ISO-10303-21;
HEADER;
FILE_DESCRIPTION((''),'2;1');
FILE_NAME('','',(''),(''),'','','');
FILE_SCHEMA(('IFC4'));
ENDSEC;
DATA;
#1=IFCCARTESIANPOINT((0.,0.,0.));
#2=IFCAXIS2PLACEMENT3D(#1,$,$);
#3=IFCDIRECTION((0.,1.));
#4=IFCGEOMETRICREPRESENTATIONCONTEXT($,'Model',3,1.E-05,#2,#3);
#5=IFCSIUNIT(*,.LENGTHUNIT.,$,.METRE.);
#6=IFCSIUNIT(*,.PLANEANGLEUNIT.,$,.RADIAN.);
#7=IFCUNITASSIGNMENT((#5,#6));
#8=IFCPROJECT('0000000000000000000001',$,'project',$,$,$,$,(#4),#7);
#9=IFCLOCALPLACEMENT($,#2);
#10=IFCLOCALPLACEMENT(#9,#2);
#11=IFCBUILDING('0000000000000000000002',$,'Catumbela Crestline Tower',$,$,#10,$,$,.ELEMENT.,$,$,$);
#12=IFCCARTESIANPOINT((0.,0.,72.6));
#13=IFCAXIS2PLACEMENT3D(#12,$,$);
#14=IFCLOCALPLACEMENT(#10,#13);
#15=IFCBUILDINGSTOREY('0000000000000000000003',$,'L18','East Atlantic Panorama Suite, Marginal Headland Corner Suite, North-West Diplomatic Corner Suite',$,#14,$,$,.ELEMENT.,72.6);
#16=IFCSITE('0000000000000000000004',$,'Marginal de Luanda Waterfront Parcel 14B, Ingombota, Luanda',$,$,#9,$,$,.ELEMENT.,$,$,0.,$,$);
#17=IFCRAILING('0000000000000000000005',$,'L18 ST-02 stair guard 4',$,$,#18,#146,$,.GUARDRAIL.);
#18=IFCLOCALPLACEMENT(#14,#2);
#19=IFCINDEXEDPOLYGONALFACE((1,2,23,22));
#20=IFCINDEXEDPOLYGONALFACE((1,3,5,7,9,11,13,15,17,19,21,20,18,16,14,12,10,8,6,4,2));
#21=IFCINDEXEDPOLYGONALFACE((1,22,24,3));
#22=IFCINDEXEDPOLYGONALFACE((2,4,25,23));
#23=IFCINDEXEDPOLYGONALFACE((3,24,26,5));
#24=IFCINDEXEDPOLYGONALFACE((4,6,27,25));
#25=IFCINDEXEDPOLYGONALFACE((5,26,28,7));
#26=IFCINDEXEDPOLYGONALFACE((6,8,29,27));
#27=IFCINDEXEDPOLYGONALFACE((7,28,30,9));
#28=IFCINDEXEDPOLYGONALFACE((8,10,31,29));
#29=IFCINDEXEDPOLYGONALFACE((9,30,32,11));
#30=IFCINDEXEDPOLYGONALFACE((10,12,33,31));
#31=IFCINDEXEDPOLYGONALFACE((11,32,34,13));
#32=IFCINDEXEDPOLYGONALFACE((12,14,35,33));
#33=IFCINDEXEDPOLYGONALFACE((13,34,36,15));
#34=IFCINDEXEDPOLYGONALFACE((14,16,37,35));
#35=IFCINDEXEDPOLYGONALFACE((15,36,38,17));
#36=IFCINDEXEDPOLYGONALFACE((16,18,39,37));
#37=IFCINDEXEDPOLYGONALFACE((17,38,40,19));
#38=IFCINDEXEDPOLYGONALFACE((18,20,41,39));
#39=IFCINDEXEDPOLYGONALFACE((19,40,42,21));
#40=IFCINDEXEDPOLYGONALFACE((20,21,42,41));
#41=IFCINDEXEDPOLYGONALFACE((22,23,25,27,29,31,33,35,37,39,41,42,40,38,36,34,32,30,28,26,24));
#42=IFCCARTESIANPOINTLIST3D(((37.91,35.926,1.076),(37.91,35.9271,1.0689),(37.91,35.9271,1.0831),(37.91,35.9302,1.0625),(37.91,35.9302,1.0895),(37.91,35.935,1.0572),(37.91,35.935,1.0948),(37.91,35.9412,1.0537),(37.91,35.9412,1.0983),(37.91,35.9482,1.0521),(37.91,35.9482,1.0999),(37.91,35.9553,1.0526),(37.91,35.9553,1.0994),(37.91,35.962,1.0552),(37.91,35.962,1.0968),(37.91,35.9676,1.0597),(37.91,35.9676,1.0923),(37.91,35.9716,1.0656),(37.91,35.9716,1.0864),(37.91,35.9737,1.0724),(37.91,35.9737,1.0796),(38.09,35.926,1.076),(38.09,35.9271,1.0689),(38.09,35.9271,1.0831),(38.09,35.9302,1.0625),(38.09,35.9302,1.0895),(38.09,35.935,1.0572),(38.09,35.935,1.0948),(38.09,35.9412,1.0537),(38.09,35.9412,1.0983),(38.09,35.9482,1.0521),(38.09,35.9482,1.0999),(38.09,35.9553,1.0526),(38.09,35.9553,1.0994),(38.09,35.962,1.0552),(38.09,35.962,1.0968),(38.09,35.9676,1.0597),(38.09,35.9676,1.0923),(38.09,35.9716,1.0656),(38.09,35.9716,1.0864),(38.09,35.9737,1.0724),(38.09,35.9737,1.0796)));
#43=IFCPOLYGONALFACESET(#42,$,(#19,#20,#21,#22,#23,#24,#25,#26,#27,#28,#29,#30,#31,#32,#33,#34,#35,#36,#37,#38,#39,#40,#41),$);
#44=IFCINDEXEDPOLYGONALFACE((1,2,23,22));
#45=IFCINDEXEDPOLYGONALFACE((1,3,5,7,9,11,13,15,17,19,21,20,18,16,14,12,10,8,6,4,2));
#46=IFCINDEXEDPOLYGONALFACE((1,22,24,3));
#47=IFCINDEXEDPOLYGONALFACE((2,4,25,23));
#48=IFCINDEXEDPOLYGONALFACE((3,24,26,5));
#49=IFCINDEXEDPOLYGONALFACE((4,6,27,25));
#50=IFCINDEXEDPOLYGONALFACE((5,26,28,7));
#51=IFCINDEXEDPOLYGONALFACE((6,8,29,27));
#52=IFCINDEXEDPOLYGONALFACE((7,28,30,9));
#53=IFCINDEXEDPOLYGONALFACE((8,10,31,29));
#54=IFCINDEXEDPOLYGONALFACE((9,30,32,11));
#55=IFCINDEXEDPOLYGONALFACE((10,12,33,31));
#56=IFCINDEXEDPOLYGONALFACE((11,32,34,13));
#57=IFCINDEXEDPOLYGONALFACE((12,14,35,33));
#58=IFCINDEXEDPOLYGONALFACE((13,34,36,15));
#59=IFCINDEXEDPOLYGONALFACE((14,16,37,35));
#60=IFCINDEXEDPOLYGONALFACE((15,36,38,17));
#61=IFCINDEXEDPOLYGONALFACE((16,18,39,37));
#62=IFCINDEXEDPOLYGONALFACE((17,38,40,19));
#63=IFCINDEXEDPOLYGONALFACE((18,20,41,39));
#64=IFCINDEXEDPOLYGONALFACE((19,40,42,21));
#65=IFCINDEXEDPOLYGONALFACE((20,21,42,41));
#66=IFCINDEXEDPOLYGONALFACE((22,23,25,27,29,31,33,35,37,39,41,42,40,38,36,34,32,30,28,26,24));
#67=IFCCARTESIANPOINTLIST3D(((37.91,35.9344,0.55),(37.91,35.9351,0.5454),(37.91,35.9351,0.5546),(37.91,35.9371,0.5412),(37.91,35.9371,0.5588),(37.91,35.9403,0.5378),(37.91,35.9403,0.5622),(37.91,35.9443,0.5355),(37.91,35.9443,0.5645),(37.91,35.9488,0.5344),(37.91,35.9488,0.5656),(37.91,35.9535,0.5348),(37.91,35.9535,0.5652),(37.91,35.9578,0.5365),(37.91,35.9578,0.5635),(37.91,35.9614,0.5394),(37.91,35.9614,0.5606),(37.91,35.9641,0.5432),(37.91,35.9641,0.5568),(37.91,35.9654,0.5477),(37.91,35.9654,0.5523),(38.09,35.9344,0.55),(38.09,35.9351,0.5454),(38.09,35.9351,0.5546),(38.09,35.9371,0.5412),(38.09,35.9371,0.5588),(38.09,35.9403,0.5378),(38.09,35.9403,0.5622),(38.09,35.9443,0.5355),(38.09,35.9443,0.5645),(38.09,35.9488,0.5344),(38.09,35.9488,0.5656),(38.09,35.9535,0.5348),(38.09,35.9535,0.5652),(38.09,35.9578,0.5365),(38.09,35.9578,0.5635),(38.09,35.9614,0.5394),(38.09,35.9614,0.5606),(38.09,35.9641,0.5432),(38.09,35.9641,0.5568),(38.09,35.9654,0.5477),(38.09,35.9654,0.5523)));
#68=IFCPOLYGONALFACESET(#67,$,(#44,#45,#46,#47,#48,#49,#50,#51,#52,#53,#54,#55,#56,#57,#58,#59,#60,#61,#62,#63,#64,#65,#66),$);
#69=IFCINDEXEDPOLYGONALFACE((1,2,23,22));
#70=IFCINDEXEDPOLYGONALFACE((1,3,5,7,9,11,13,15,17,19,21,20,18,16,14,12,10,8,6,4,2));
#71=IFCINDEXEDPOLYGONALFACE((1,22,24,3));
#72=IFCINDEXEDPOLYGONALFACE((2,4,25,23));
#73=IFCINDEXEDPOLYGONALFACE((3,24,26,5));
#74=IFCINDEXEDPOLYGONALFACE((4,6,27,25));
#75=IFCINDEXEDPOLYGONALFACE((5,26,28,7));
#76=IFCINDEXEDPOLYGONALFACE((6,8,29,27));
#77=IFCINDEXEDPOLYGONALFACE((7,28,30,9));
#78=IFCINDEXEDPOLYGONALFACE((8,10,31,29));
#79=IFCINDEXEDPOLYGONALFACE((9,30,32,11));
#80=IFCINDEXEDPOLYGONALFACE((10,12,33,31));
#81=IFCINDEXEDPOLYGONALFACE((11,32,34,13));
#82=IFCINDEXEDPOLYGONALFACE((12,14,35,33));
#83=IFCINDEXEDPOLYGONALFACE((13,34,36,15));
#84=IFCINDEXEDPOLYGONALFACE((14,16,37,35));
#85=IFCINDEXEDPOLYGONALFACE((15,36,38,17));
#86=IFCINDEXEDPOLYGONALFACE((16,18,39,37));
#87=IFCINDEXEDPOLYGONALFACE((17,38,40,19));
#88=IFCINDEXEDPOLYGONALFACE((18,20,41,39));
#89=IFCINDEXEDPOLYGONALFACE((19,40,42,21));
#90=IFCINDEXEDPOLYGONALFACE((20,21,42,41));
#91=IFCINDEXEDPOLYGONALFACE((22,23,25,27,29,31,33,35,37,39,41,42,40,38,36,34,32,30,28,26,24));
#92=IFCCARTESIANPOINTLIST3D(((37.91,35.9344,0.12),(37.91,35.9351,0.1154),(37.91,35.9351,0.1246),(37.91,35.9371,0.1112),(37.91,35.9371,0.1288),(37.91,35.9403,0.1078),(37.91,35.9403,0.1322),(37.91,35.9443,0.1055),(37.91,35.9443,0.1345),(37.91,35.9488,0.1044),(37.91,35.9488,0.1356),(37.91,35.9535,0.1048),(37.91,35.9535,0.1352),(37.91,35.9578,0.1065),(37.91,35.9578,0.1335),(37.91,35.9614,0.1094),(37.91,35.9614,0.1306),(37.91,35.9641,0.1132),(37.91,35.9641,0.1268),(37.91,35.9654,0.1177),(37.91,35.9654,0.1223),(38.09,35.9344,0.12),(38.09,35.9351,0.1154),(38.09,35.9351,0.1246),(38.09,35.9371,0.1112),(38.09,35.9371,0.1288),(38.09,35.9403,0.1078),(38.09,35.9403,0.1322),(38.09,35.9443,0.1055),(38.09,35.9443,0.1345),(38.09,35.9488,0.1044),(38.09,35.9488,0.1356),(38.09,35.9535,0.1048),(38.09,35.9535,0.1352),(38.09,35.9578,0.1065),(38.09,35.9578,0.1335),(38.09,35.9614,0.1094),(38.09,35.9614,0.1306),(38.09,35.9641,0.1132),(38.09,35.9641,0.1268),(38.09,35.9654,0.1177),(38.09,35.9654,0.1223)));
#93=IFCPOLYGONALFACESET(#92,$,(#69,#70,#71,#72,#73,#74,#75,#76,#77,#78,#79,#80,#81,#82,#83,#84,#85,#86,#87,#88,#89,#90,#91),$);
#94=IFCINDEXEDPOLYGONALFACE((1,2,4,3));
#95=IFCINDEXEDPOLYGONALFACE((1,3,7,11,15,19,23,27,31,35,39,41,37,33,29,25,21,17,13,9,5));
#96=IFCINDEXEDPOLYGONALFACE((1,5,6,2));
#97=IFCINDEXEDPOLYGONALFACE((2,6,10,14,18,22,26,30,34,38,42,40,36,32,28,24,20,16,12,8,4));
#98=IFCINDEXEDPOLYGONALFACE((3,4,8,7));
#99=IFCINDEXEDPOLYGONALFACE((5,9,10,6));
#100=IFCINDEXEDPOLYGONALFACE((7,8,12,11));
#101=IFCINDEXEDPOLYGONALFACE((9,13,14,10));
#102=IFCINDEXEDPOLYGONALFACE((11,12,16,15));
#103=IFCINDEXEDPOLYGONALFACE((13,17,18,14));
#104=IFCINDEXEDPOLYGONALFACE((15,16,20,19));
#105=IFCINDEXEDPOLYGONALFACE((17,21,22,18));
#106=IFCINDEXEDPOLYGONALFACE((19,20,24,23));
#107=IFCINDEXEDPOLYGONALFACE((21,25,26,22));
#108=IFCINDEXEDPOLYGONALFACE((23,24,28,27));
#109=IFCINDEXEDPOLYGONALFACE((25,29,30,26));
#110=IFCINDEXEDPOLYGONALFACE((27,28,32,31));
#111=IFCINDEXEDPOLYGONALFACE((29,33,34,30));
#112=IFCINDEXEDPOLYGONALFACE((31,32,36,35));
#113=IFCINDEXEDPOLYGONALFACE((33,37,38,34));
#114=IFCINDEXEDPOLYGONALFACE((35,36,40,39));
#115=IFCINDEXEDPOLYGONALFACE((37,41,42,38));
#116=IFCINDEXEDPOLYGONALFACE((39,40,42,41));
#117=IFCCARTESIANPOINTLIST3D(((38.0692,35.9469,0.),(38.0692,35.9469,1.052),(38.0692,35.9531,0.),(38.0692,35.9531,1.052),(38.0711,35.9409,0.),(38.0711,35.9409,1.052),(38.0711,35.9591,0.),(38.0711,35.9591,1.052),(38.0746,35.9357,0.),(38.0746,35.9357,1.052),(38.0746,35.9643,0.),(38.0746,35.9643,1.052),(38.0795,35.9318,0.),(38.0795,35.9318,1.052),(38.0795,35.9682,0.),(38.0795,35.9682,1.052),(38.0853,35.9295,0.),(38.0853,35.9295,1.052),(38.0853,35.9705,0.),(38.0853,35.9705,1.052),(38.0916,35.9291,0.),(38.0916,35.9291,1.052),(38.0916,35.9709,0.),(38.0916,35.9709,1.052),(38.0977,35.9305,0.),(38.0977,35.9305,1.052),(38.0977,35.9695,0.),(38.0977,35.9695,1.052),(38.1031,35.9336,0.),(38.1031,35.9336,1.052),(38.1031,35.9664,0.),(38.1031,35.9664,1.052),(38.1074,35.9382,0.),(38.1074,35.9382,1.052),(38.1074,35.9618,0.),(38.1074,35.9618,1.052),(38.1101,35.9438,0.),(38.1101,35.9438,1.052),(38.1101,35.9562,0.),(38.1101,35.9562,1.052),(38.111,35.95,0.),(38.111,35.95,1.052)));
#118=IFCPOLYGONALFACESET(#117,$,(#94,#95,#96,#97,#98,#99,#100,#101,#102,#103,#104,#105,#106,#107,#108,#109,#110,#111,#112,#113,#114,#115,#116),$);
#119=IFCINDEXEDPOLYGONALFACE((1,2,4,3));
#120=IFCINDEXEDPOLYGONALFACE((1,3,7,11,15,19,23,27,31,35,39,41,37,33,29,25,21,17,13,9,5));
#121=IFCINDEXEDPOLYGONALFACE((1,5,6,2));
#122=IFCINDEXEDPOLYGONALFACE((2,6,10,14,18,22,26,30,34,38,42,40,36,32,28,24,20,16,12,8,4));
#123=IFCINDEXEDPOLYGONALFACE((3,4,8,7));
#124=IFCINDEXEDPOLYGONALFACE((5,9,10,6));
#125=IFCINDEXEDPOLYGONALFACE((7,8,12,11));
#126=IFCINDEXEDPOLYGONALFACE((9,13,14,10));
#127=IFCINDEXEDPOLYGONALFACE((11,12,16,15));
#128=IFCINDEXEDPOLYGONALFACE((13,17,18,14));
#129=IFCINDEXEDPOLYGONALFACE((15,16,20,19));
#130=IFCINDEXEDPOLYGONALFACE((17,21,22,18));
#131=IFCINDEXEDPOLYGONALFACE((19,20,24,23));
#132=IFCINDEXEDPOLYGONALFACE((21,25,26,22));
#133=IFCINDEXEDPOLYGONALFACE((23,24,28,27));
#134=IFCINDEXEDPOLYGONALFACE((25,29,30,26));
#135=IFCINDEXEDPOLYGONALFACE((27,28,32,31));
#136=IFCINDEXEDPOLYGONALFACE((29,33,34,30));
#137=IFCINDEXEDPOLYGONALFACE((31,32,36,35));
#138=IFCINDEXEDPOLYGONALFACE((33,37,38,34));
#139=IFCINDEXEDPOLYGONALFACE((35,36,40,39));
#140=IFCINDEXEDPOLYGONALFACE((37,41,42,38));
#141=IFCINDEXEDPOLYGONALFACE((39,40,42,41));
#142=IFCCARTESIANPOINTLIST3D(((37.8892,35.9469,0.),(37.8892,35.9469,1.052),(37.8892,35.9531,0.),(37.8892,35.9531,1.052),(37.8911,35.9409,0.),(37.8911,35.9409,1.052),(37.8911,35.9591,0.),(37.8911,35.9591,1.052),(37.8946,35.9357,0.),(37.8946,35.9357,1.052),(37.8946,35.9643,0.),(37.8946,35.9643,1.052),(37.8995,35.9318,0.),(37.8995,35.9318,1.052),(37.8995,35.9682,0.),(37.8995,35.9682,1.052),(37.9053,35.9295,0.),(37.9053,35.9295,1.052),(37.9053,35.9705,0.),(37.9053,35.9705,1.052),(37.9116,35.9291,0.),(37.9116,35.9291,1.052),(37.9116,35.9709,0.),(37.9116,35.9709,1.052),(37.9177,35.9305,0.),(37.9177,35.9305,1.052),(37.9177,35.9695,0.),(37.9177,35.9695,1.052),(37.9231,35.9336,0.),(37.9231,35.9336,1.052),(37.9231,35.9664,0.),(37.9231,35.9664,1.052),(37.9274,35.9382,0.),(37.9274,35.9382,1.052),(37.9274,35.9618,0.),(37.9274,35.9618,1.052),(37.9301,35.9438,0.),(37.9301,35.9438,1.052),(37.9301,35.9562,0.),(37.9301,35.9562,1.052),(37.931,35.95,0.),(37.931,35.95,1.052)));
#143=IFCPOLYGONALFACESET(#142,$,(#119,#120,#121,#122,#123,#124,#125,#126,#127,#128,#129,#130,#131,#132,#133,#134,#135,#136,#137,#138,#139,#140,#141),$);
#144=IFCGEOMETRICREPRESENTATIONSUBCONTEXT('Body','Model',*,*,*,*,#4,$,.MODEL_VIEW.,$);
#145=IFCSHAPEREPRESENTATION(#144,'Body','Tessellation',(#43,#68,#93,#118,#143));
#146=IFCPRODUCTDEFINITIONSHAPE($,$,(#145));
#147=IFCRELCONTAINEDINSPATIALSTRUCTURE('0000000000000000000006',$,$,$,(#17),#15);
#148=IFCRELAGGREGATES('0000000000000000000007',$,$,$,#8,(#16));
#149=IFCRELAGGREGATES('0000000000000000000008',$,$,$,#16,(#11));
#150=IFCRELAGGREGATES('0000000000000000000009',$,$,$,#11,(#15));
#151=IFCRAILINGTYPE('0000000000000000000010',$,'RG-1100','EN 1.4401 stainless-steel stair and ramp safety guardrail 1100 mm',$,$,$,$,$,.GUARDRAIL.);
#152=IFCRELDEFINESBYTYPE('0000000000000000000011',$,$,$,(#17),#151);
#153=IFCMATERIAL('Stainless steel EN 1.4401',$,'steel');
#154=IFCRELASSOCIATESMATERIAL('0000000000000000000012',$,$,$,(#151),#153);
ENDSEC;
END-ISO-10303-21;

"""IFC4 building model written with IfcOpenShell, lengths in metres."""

from ifc_helpers import new_model, si_unit, direction, frame, origin, origin_2d, place, context, subcontext, project, spatial, circle, extrude, material, type_object, element, save


model = new_model("IFC4")

# Units and contexts
model_context = context("Model", 3, precision=1e-05, world=origin(), true_north=direction((0.0, 1.0)))
body_context = subcontext(model_context, "Body", "Model", "MODEL_VIEW")
ifc_project = project(units=[si_unit("LENGTHUNIT", "METRE"), si_unit("PLANEANGLEUNIT", "RADIAN")], contexts=[model_context])

# Site, building, storey
site_placement = place(None, origin())
site = spatial("IfcSite", under=ifc_project, at=site_placement, Name="Marginal de Luanda Waterfront Parcel 14B, Ingombota, Luanda", CompositionType="ELEMENT", RefElevation=0.0)
building_placement = place(site_placement, origin())
building = spatial("IfcBuilding", under=site, at=building_placement, Name="Catumbela Crestline Tower", CompositionType="ELEMENT")
storey_placement = place(building_placement, frame((0.0, 0.0, 72.6)))
storey = spatial("IfcBuildingStorey", under=building, at=storey_placement, Name="L18", Description="East Atlantic Panorama Suite, Marginal Headland Corner Suite, North-West Diplomatic Corner Suite", CompositionType="ELEMENT", Elevation=72.6)

# Shared definitions
ifc_material_1 = material(Name="Stainless steel EN 1.4401", Category="steel")

# Railing
railing_type_1 = type_object("IfcRailingType", Name="RG-1100", Description="EN 1.4401 stainless-steel stair and ramp safety guardrail 1100 mm", PredefinedType="GUARDRAIL", material=ifc_material_1)
railing_1_placement = place(storey_placement, frame((38.09, 35.95, 0.0)))
element("IfcRailing", 1, at=railing_1_placement, inside=storey, type_object=railing_type_1, Name="L18 ST-02 stair guard 4", PredefinedType="GUARDRAIL", context=body_context, shape_type="SweptSolid", body=[
    extrude(circle(Radius=0.024, at=origin_2d()), frame((0.0, 0.0, 1.076), z_axis=(-1.0, 0.0, 0.0), x_axis=(0.0, -1.0, 0.0)), (0.0, 0.0, 1.0), 0.18),
    extrude(circle(Radius=0.0156, at=origin_2d()), frame((0.0, 0.0, 0.55), z_axis=(-1.0, 0.0, 0.0), x_axis=(0.0, -1.0, 0.0)), (0.0, 0.0, 1.0), 0.18),
    extrude(circle(Radius=0.0156, at=origin_2d()), frame((0.0, 0.0, 0.12), z_axis=(-1.0, 0.0, 0.0), x_axis=(0.0, -1.0, 0.0)), (0.0, 0.0, 1.0), 0.18),
    extrude(circle(Radius=0.021, at=origin_2d()), origin(), (0.0, 0.0, 1.0), 1.052),
    extrude(circle(Radius=0.021, at=origin_2d()), frame((-0.18, 0.0, 0.0)), (0.0, 0.0, 1.0), 1.052),
])

save(model, "model.ifc")
